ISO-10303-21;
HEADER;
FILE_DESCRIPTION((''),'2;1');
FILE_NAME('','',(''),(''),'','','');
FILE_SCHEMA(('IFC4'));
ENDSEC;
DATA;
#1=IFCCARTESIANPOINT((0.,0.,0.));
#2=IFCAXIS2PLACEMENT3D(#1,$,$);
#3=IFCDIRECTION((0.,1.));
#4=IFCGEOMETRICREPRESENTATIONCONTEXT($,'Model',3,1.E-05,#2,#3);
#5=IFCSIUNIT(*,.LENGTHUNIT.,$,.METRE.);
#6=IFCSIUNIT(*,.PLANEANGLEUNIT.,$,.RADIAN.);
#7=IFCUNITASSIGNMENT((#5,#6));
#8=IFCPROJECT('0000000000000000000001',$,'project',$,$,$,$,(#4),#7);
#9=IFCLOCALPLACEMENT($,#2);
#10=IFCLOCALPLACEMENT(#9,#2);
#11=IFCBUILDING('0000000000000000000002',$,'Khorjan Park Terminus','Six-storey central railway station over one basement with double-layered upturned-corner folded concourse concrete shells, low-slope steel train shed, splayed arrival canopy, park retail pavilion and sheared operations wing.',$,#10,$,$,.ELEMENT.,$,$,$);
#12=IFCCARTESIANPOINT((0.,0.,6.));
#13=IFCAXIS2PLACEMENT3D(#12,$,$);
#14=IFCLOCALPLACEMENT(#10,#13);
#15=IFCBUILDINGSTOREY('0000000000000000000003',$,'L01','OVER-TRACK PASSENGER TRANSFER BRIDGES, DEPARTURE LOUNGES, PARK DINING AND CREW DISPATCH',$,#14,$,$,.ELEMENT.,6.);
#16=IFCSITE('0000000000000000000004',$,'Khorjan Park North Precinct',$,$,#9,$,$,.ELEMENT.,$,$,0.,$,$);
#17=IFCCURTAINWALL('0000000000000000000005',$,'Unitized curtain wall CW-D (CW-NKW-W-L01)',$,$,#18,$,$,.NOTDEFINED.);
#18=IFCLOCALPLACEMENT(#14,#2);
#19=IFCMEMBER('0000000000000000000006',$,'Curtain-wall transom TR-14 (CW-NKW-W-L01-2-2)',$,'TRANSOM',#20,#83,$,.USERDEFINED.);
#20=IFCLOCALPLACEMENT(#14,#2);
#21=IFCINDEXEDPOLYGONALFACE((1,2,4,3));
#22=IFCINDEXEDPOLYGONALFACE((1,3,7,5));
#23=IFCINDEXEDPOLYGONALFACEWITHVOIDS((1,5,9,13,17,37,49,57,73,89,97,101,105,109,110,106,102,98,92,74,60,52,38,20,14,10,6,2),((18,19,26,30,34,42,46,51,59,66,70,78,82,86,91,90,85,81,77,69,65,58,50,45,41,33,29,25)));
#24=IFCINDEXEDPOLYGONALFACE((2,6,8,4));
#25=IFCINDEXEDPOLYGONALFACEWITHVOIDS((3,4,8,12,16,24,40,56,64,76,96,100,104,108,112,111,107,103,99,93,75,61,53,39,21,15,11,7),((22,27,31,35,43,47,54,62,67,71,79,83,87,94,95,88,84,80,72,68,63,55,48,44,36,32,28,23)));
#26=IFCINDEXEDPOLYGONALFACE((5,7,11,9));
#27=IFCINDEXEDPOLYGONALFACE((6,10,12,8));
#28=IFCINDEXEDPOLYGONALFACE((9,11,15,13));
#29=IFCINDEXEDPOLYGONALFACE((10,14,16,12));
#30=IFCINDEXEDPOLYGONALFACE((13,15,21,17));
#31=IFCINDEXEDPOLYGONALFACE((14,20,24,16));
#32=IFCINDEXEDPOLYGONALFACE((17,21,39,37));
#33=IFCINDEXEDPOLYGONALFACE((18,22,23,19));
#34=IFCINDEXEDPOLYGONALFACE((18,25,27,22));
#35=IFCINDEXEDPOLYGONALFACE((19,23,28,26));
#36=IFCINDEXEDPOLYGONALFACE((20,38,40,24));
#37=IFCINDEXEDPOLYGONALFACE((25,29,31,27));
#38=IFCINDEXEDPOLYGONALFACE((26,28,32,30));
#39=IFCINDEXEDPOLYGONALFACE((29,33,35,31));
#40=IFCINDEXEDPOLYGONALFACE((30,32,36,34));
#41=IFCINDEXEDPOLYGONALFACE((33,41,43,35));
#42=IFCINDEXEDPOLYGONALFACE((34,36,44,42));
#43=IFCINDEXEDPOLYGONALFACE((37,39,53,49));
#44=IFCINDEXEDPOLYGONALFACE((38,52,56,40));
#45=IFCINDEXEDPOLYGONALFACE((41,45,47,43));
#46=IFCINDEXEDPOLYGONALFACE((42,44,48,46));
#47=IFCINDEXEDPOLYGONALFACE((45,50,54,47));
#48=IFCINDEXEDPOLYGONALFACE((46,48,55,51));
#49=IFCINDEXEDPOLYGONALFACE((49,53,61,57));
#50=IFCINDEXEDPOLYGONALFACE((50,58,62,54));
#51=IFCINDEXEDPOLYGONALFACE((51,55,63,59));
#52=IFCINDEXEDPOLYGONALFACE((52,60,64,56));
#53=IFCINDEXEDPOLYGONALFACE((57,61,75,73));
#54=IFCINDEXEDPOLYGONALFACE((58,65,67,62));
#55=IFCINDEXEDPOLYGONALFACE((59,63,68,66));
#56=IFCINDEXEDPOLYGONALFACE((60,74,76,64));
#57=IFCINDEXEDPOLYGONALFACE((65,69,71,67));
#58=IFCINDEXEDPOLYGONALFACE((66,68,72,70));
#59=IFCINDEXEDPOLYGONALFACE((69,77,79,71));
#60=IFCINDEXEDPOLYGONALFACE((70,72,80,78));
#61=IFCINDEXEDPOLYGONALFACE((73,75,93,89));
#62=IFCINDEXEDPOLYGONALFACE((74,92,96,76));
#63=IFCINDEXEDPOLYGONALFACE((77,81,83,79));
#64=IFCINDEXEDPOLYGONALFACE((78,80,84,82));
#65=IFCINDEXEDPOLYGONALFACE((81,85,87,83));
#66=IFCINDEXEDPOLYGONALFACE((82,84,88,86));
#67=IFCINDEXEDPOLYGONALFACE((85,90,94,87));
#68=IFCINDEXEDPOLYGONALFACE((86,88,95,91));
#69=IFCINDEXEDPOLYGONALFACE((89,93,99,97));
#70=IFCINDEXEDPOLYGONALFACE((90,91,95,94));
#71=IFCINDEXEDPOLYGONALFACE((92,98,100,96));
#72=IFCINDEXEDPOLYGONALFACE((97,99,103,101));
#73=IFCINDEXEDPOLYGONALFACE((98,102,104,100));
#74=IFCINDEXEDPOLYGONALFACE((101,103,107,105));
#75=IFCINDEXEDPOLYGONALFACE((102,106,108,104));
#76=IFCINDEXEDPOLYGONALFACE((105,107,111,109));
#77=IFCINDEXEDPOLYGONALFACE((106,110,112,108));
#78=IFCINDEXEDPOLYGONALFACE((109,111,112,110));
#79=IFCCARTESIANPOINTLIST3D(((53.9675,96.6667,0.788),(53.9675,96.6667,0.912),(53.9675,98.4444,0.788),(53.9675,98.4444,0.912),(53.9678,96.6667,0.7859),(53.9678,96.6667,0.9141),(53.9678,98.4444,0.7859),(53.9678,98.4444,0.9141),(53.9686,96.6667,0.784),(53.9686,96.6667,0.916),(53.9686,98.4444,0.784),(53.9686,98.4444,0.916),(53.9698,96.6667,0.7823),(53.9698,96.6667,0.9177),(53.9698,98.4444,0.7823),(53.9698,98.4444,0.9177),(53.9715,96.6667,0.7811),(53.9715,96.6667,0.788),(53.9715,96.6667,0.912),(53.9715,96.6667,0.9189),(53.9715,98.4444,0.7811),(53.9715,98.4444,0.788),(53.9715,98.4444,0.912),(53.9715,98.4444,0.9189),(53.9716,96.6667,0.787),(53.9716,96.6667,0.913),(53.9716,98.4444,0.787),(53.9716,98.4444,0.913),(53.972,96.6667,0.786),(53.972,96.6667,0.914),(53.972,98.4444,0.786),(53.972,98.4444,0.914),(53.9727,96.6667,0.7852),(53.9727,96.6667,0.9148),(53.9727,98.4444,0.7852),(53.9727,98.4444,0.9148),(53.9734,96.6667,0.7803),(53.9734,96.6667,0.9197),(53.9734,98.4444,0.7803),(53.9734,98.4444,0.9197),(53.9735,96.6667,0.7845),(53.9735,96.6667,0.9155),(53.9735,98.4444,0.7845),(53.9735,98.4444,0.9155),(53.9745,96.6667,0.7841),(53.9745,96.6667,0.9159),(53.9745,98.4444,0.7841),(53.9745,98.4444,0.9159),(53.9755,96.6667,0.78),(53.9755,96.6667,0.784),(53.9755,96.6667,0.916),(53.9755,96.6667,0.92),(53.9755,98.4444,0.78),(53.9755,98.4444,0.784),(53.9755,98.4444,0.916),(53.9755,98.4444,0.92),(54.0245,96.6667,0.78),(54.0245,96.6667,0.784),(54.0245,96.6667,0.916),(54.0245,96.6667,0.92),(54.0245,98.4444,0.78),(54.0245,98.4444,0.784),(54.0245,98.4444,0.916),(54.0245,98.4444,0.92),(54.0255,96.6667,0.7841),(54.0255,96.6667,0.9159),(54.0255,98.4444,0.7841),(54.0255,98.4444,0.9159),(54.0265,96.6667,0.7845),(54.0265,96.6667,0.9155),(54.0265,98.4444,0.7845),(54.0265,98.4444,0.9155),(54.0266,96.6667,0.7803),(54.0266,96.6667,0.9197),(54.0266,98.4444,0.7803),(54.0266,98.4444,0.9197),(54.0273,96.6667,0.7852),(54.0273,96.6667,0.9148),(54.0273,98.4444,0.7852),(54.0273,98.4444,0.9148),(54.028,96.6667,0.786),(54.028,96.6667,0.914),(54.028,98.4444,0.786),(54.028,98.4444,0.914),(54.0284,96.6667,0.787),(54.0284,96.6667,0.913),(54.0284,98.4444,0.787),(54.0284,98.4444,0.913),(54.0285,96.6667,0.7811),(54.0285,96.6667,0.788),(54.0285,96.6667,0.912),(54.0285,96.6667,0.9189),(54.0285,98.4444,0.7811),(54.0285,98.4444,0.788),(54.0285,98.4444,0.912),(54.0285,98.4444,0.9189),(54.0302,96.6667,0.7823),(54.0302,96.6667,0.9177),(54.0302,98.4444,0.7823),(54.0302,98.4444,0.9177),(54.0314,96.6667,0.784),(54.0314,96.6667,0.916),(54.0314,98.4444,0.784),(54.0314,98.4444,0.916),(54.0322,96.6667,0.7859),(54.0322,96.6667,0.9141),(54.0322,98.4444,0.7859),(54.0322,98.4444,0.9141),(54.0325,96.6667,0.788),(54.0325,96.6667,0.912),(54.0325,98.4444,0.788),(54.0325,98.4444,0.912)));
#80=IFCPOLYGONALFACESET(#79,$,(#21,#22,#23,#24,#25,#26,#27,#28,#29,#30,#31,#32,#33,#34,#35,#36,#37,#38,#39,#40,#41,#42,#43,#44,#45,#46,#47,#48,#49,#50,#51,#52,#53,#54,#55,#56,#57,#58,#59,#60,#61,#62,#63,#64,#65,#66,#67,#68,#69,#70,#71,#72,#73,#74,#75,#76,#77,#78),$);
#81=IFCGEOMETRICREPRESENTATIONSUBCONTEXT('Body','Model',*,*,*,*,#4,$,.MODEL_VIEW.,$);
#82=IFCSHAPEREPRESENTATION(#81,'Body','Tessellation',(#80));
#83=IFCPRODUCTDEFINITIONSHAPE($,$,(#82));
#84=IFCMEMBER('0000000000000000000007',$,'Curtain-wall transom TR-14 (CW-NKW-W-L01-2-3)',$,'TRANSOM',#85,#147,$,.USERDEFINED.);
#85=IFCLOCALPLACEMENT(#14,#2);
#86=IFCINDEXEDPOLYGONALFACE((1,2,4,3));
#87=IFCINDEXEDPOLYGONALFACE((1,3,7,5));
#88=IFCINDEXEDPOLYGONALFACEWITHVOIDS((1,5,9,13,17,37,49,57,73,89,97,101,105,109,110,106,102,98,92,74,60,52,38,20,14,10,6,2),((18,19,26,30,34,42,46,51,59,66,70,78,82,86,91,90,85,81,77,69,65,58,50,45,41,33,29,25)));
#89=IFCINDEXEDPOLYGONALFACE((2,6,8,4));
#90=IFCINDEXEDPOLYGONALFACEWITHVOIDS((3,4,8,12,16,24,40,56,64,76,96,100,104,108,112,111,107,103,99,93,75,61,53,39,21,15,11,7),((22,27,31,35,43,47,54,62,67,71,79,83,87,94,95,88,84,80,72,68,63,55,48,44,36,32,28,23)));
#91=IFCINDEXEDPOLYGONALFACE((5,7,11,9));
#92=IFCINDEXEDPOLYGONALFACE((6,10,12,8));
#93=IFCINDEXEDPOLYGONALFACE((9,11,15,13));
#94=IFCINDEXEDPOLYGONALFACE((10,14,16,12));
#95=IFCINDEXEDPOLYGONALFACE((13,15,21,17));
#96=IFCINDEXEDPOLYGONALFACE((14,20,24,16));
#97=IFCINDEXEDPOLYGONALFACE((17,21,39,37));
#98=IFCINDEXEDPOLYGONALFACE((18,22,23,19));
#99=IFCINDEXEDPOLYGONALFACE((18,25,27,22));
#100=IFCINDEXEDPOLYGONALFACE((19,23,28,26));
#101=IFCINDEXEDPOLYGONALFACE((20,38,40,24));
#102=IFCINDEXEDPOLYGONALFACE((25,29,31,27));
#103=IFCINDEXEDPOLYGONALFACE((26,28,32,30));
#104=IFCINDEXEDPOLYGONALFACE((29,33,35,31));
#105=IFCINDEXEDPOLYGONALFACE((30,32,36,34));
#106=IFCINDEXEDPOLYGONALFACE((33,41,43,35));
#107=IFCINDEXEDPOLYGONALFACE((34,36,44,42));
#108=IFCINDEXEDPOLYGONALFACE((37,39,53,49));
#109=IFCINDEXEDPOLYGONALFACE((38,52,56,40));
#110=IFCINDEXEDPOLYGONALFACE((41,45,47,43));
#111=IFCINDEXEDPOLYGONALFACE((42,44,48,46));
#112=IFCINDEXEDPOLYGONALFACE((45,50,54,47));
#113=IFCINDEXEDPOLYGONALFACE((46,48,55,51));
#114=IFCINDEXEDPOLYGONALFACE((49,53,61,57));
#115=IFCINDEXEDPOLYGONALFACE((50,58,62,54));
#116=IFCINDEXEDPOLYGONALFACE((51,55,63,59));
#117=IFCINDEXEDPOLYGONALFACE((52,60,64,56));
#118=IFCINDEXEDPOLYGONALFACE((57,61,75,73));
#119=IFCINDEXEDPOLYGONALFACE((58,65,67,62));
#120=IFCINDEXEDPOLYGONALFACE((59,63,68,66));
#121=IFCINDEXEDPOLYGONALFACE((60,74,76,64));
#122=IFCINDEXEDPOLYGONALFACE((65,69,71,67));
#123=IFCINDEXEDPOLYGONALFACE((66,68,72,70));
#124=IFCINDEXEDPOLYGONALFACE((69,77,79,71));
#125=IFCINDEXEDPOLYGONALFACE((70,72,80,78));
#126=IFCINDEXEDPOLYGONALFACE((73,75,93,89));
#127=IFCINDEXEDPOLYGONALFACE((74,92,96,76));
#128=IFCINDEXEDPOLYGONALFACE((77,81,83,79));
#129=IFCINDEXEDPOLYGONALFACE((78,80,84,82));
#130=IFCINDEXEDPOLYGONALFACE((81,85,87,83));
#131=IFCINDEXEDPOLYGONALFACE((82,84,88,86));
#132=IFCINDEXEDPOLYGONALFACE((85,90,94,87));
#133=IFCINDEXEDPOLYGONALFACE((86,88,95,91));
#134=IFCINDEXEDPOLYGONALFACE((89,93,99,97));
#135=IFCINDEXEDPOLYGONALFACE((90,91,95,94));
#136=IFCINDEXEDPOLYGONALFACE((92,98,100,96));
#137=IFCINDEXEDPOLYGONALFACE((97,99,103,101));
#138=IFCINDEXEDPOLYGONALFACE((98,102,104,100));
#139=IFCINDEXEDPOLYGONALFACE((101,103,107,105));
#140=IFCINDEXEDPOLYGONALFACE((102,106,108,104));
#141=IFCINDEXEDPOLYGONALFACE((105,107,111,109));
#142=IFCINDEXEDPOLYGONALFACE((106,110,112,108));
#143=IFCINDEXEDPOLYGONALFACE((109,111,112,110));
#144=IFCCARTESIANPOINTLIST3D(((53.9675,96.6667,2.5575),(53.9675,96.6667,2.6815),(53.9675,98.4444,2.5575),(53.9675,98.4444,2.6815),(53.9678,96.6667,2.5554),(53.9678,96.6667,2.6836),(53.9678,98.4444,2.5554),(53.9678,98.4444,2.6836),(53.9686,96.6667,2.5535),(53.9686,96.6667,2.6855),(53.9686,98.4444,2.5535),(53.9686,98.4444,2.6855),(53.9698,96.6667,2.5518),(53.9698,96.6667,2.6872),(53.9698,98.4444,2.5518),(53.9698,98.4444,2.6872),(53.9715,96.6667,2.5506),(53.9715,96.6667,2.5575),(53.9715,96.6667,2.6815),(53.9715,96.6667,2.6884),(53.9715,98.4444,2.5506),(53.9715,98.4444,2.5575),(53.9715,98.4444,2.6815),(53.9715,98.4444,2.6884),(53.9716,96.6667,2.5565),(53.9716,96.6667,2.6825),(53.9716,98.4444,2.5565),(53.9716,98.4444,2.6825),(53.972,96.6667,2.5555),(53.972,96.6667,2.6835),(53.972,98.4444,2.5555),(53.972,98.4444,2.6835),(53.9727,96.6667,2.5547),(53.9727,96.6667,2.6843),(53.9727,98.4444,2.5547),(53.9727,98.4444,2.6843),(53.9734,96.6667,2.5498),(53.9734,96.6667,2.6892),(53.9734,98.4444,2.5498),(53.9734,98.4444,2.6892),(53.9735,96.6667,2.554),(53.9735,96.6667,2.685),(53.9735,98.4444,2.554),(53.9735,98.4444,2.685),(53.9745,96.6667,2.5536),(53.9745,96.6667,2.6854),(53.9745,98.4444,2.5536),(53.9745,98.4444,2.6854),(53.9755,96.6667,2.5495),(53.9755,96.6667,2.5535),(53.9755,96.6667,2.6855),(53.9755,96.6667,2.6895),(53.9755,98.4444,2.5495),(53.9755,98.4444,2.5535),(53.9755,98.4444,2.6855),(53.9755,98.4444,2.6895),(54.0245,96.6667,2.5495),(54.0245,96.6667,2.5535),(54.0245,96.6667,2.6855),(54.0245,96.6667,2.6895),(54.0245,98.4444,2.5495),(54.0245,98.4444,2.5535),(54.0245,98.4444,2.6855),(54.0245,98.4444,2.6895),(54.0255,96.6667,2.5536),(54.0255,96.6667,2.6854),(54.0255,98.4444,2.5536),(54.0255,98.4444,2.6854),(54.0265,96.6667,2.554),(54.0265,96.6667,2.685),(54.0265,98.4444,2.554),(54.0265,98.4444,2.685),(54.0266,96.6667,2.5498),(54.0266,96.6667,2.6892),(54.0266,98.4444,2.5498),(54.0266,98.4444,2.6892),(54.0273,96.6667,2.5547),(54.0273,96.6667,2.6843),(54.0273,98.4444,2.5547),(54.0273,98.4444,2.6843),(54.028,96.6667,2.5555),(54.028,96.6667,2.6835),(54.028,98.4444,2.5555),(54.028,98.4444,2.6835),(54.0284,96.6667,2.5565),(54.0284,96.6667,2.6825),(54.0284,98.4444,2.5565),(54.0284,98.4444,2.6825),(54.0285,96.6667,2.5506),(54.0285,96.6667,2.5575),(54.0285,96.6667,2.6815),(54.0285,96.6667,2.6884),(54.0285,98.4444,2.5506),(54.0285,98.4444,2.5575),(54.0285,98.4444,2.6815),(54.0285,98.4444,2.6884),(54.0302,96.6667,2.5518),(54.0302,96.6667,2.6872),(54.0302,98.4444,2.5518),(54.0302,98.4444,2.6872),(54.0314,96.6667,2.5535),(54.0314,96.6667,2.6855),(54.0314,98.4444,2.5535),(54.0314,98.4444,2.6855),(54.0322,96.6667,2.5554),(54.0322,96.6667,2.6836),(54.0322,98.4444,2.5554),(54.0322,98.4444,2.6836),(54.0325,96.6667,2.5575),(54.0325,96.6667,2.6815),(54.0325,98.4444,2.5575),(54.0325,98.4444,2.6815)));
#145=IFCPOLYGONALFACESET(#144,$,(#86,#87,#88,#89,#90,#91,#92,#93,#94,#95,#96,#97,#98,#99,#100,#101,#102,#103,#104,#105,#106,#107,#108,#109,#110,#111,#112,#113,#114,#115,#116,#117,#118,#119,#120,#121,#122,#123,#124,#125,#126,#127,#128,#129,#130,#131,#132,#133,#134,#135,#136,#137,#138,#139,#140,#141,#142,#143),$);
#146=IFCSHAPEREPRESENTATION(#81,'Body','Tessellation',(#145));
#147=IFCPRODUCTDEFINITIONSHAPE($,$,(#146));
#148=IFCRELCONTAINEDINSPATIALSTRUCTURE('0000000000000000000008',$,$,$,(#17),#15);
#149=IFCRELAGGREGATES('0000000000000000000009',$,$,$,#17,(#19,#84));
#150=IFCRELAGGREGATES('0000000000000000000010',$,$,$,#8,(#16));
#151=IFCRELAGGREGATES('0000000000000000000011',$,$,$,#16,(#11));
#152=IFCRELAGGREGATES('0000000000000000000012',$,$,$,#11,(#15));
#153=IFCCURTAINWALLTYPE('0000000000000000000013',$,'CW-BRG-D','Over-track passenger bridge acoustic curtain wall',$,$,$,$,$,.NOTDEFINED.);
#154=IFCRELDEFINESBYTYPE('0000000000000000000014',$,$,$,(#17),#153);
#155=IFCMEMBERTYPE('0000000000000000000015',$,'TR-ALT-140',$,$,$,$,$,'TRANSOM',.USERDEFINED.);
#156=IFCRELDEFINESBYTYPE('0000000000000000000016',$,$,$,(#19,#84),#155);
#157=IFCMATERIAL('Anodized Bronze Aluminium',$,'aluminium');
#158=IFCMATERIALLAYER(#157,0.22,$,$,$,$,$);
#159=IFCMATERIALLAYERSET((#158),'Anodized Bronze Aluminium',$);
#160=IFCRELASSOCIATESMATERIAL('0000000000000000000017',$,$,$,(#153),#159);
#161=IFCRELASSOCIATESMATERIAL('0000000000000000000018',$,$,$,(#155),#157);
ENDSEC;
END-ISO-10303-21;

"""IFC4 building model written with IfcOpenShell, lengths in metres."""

from ifc_helpers import new_model, si_unit, direction, frame, origin, origin_2d, place, context, subcontext, project, spatial, hollow_rectangle, extrude, material, layer, layer_set, material_profile, profile_set, type_object, element, aggregate, save


model = new_model("IFC4")

# Units and contexts
model_context = context("Model", 3, precision=1e-05, world=origin(), true_north=direction((0.0, 1.0)))
body_context = subcontext(model_context, "Body", "Model", "MODEL_VIEW")
ifc_project = project(units=[si_unit("LENGTHUNIT", "METRE"), si_unit("PLANEANGLEUNIT", "RADIAN")], contexts=[model_context])

# Site, building, storey
site_placement = place(None, origin())
site = spatial("IfcSite", under=ifc_project, at=site_placement, Name="Khorjan Park North Precinct", CompositionType="ELEMENT", RefElevation=0.0)
building_placement = place(site_placement, origin())
building = spatial("IfcBuilding", under=site, at=building_placement, Name="Khorjan Park Terminus", Description="Six-storey central railway station over one basement with double-layered upturned-corner folded concourse concrete shells, low-slope steel train shed, splayed arrival canopy, park retail pavilion and sheared operations wing.", CompositionType="ELEMENT")
storey_placement = place(building_placement, frame((0.0, 0.0, 6.0)))
storey = spatial("IfcBuildingStorey", under=building, at=storey_placement, Name="L01", Description="OVER-TRACK PASSENGER TRANSFER BRIDGES, DEPARTURE LOUNGES, PARK DINING AND CREW DISPATCH", CompositionType="ELEMENT", Elevation=6.0)

# Curtain wall, members
ifc_material_1 = material(Name="Anodized Bronze Aluminium", Category="aluminium")
ifc_layer_1 = layer(ifc_material_1, 0.22)
ifc_layer_set_1 = layer_set([ifc_layer_1], Name="Anodized Bronze Aluminium")
curtain_wall_type = type_object("IfcCurtainWallType", Name="CW-BRG-D", Description="Over-track passenger bridge acoustic curtain wall", PredefinedType="NOTDEFINED", material=ifc_layer_set_1)
curtain_wall_placement = place(storey_placement, origin())
curtain_wall = element("IfcCurtainWall", 1, at=curtain_wall_placement, inside=storey, type_object=curtain_wall_type, Name="Unitized curtain wall CW-D (CW-NKW-W-L01)", PredefinedType="NOTDEFINED")
ifc_material_profile_1 = material_profile(ifc_material_1, hollow_rectangle(XDim=0.065, YDim=0.14, WallThickness=0.004, InnerFilletRadius=0.004, OuterFilletRadius=0.008, at=origin_2d()), Name="ALT 65x140x4")
ifc_profile_set_1 = profile_set([ifc_material_profile_1], Name="Anodized Bronze Aluminium")
member_type_1 = type_object("IfcMemberType", Name="TR-ALT-140", ElementType="TRANSOM", PredefinedType="USERDEFINED", material=ifc_profile_set_1)
member_1_placement = place(storey_placement, frame((54.0, 98.4444, 0.85), z_axis=(0.0, -1.0, 0.0), x_axis=(1.0, 0.0, 0.0)))
member_1 = element("IfcMember", 2, at=member_1_placement, type_object=member_type_1, Name="Curtain-wall transom TR-14 (CW-NKW-W-L01-2-2)", ObjectType="TRANSOM", PredefinedType="USERDEFINED", context=body_context, shape_type="SweptSolid", body=[
    extrude(hollow_rectangle(XDim=0.065, YDim=0.14, WallThickness=0.004, InnerFilletRadius=0.004, OuterFilletRadius=0.008, at=origin_2d()), origin(), (0.0, 0.0, 1.0), 1.7777),
])
member_2_placement = place(storey_placement, frame((54.0, 98.4444, 2.6195), z_axis=(0.0, -1.0, 0.0), x_axis=(1.0, 0.0, 0.0)))
member_2 = element("IfcMember", 3, at=member_2_placement, type_object=member_type_1, Name="Curtain-wall transom TR-14 (CW-NKW-W-L01-2-3)", ObjectType="TRANSOM", PredefinedType="USERDEFINED", context=body_context, shape_type="SweptSolid", body=[
    extrude(hollow_rectangle(XDim=0.065, YDim=0.14, WallThickness=0.004, InnerFilletRadius=0.004, OuterFilletRadius=0.008, at=origin_2d()), origin(), (0.0, 0.0, 1.0), 1.7777),
])
aggregate(curtain_wall, [member_1, member_2])

save(model, "model.ifc")
